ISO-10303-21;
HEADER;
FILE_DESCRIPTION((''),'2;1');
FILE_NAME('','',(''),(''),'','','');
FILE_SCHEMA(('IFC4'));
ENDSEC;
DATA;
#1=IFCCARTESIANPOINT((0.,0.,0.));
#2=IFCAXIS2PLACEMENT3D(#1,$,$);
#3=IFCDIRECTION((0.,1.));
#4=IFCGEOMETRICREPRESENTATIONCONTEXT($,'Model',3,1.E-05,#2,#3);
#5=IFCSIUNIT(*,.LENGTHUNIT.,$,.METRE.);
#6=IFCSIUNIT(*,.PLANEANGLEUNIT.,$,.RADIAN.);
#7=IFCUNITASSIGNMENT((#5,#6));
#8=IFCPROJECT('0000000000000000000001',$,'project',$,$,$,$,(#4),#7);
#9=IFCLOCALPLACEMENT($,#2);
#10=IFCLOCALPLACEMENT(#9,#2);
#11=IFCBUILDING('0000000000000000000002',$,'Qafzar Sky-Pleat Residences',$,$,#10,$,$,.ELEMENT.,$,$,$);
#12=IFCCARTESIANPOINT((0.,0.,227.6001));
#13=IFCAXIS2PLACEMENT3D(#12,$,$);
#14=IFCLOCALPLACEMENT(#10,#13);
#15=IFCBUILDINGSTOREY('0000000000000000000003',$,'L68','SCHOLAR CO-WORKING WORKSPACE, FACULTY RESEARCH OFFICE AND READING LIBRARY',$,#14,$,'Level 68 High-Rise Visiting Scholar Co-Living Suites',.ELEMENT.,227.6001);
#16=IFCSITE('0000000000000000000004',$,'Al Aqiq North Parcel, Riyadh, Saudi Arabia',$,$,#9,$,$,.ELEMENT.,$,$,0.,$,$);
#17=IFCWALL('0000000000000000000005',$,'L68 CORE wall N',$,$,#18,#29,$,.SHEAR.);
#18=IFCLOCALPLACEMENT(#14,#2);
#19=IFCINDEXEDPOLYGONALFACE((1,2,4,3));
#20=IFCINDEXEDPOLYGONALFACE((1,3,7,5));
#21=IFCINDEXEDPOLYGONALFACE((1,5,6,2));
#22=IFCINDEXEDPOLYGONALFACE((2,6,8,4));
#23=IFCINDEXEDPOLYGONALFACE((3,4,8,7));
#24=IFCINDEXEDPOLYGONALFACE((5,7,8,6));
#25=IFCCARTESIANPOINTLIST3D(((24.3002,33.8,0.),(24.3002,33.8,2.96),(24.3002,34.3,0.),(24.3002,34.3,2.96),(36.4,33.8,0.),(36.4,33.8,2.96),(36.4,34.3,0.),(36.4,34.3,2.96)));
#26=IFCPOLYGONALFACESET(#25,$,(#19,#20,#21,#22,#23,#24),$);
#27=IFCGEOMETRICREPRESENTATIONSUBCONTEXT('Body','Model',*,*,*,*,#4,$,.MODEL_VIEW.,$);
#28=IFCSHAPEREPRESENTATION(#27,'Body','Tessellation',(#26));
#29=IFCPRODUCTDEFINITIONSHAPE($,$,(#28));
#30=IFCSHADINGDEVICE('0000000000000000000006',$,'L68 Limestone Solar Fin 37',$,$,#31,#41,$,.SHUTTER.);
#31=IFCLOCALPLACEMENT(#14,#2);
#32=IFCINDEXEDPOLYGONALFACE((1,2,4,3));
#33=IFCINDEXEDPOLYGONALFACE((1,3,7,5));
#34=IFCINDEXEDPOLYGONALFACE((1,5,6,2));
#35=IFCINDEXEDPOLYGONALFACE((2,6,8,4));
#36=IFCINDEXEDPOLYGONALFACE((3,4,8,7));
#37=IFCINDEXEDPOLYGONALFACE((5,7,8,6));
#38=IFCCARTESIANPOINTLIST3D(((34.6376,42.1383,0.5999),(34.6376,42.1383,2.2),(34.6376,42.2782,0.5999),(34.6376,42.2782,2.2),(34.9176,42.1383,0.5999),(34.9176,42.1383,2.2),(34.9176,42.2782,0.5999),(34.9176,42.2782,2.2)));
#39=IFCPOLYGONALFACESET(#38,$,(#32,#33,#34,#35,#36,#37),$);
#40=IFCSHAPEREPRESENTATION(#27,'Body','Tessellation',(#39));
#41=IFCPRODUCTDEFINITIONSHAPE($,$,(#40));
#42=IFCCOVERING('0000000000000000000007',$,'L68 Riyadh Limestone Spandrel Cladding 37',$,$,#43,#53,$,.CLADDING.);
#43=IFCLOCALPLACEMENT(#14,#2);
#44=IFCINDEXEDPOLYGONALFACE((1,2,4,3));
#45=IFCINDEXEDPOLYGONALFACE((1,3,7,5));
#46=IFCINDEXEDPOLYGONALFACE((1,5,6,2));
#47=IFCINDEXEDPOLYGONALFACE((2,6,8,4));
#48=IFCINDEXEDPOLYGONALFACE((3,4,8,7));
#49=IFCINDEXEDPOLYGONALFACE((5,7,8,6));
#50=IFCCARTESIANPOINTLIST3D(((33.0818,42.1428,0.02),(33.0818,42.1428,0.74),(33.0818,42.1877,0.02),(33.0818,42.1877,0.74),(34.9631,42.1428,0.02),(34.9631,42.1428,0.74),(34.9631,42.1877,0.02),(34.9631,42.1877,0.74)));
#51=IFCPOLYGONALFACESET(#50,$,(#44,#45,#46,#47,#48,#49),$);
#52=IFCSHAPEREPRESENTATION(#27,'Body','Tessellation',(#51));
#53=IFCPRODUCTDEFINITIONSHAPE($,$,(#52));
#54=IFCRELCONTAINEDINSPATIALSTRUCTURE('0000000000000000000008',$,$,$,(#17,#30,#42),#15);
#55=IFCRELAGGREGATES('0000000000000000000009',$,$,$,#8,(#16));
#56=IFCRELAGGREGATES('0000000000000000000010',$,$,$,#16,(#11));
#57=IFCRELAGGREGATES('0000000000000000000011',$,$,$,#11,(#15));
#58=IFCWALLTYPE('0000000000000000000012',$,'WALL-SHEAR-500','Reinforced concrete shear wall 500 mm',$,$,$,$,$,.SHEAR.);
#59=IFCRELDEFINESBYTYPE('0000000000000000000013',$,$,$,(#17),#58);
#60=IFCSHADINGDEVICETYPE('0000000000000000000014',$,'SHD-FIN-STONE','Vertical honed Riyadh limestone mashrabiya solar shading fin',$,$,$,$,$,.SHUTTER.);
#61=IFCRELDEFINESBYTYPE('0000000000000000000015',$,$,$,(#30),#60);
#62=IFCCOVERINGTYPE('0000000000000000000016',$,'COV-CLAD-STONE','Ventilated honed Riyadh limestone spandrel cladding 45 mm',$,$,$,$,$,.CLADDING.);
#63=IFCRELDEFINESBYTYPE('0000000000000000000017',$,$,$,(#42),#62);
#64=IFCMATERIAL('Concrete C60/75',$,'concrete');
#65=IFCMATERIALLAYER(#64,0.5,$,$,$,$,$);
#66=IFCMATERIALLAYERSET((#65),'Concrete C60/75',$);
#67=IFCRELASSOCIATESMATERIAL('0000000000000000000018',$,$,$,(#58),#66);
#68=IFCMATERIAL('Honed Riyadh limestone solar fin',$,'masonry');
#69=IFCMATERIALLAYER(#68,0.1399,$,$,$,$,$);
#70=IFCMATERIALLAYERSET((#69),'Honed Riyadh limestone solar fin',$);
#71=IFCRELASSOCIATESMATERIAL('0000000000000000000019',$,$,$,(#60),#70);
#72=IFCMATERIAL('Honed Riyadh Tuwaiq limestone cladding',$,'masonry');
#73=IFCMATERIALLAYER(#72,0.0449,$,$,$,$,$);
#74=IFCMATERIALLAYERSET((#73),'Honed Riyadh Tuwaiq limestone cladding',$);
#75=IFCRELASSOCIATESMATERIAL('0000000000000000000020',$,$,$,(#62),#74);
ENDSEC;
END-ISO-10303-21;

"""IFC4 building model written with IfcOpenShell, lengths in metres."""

from ifc_helpers import new_model, si_unit, direction, frame, frame_2d, origin, origin_2d, place, context, subcontext, project, spatial, rectangle, extrude, source, transform, mapped, material, layer, layer_set, type_object, element, save


model = new_model("IFC4")

# Units and contexts
model_context = context("Model", 3, precision=1e-05, world=origin(), true_north=direction((0.0, 1.0)))
body_context = subcontext(model_context, "Body", "Model", "MODEL_VIEW")
ifc_project = project(units=[si_unit("LENGTHUNIT", "METRE"), si_unit("PLANEANGLEUNIT", "RADIAN")], contexts=[model_context])

# Site, building, storey
site_placement = place(None, origin())
site = spatial("IfcSite", under=ifc_project, at=site_placement, Name="Al Aqiq North Parcel, Riyadh, Saudi Arabia", CompositionType="ELEMENT", RefElevation=0.0)
building_placement = place(site_placement, origin())
building = spatial("IfcBuilding", under=site, at=building_placement, Name="Qafzar Sky-Pleat Residences", CompositionType="ELEMENT")
storey_placement = place(building_placement, frame((0.0, 0.0, 227.6001)))
storey = spatial("IfcBuildingStorey", under=building, at=storey_placement, Name="L68", Description="SCHOLAR CO-WORKING WORKSPACE, FACULTY RESEARCH OFFICE AND READING LIBRARY", LongName="Level 68 High-Rise Visiting Scholar Co-Living Suites", CompositionType="ELEMENT", Elevation=227.6001)

# Wall
ifc_material_1 = material(Name="Concrete C60/75", Category="concrete")
ifc_layer_1 = layer(ifc_material_1, 0.5)
ifc_layer_set_1 = layer_set([ifc_layer_1], Name="Concrete C60/75")
wall_type_1 = type_object("IfcWallType", Name="WALL-SHEAR-500", Description="Reinforced concrete shear wall 500 mm", PredefinedType="SHEAR", material=ifc_layer_set_1)
wall_1_placement = place(storey_placement, frame((36.3999, 34.05, 0.0), z_axis=(0.0, 0.0, 1.0), x_axis=(-1.0, 0.0, 0.0)))
element("IfcWall", 1, at=wall_1_placement, inside=storey, type_object=wall_type_1, Name="L68 CORE wall N", PredefinedType="SHEAR", context=body_context, shape_type="SweptSolid", body=[
    extrude(rectangle(XDim=12.0999, YDim=0.5, at=frame_2d((6.0498, 0.0))), origin(), (0.0, 0.0, 1.0), 2.96),
])

# Shading device
ifc_material_2 = material(Name="Honed Riyadh limestone solar fin", Category="masonry")
ifc_layer_2 = layer(ifc_material_2, 0.1399)
ifc_layer_set_2 = layer_set([ifc_layer_2], Name="Honed Riyadh limestone solar fin")
shading_device_type = type_object("IfcShadingDeviceType", Name="SHD-FIN-STONE", Description="Vertical honed Riyadh limestone mashrabiya solar shading fin", PredefinedType="SHUTTER", material=ifc_layer_set_2)
shared_shape_1 = source(origin(), body_context, "Body", "SweptSolid", [
    extrude(rectangle(XDim=0.1399, YDim=0.28, at=origin_2d()), origin(), (0.0, 0.0, 1.0), 1.6001),
])
shading_device_placement = place(storey_placement, frame((34.7776, 42.2083, 0.5999), z_axis=(0.0, 0.0, 1.0), x_axis=(0.0, 1.0, 0.0)))
element("IfcShadingDevice", 2, at=shading_device_placement, inside=storey, type_object=shading_device_type, Name="L68 Limestone Solar Fin 37", PredefinedType="SHUTTER", context=body_context, shape_type="MappedRepresentation", body=[
    mapped(shared_shape_1, transform((0.0, 0.0, 0.0), x_axis=(1.0, 0.0, 0.0), y_axis=(0.0, 1.0, 0.0), z_axis=(0.0, 0.0, 1.0), scale=1.0)),
])

# Covering
ifc_material_3 = material(Name="Honed Riyadh Tuwaiq limestone cladding", Category="masonry")
ifc_layer_3 = layer(ifc_material_3, 0.0449)
ifc_layer_set_3 = layer_set([ifc_layer_3], Name="Honed Riyadh Tuwaiq limestone cladding")
covering_type = type_object("IfcCoveringType", Name="COV-CLAD-STONE", Description="Ventilated honed Riyadh limestone spandrel cladding 45 mm", PredefinedType="CLADDING", material=ifc_layer_set_3)
shared_shape_2 = source(origin(), body_context, "Body", "SweptSolid", [
    extrude(rectangle(XDim=1.8813, YDim=0.0449, at=origin_2d()), origin(), (0.0, 0.0, 1.0), 0.72),
])
covering_placement = place(storey_placement, frame((34.0225, 42.1653, 0.02), z_axis=(0.0, 0.0, 1.0), x_axis=(-1.0, 0.0, 0.0)))
element("IfcCovering", 3, at=covering_placement, inside=storey, type_object=covering_type, Name="L68 Riyadh Limestone Spandrel Cladding 37", PredefinedType="CLADDING", context=body_context, shape_type="MappedRepresentation", body=[
    mapped(shared_shape_2, transform((0.0, 0.0, 0.0), x_axis=(1.0, 0.0, 0.0), y_axis=(0.0, 1.0, 0.0), z_axis=(0.0, 0.0, 1.0), scale=1.0)),
])

save(model, "model.ifc")
